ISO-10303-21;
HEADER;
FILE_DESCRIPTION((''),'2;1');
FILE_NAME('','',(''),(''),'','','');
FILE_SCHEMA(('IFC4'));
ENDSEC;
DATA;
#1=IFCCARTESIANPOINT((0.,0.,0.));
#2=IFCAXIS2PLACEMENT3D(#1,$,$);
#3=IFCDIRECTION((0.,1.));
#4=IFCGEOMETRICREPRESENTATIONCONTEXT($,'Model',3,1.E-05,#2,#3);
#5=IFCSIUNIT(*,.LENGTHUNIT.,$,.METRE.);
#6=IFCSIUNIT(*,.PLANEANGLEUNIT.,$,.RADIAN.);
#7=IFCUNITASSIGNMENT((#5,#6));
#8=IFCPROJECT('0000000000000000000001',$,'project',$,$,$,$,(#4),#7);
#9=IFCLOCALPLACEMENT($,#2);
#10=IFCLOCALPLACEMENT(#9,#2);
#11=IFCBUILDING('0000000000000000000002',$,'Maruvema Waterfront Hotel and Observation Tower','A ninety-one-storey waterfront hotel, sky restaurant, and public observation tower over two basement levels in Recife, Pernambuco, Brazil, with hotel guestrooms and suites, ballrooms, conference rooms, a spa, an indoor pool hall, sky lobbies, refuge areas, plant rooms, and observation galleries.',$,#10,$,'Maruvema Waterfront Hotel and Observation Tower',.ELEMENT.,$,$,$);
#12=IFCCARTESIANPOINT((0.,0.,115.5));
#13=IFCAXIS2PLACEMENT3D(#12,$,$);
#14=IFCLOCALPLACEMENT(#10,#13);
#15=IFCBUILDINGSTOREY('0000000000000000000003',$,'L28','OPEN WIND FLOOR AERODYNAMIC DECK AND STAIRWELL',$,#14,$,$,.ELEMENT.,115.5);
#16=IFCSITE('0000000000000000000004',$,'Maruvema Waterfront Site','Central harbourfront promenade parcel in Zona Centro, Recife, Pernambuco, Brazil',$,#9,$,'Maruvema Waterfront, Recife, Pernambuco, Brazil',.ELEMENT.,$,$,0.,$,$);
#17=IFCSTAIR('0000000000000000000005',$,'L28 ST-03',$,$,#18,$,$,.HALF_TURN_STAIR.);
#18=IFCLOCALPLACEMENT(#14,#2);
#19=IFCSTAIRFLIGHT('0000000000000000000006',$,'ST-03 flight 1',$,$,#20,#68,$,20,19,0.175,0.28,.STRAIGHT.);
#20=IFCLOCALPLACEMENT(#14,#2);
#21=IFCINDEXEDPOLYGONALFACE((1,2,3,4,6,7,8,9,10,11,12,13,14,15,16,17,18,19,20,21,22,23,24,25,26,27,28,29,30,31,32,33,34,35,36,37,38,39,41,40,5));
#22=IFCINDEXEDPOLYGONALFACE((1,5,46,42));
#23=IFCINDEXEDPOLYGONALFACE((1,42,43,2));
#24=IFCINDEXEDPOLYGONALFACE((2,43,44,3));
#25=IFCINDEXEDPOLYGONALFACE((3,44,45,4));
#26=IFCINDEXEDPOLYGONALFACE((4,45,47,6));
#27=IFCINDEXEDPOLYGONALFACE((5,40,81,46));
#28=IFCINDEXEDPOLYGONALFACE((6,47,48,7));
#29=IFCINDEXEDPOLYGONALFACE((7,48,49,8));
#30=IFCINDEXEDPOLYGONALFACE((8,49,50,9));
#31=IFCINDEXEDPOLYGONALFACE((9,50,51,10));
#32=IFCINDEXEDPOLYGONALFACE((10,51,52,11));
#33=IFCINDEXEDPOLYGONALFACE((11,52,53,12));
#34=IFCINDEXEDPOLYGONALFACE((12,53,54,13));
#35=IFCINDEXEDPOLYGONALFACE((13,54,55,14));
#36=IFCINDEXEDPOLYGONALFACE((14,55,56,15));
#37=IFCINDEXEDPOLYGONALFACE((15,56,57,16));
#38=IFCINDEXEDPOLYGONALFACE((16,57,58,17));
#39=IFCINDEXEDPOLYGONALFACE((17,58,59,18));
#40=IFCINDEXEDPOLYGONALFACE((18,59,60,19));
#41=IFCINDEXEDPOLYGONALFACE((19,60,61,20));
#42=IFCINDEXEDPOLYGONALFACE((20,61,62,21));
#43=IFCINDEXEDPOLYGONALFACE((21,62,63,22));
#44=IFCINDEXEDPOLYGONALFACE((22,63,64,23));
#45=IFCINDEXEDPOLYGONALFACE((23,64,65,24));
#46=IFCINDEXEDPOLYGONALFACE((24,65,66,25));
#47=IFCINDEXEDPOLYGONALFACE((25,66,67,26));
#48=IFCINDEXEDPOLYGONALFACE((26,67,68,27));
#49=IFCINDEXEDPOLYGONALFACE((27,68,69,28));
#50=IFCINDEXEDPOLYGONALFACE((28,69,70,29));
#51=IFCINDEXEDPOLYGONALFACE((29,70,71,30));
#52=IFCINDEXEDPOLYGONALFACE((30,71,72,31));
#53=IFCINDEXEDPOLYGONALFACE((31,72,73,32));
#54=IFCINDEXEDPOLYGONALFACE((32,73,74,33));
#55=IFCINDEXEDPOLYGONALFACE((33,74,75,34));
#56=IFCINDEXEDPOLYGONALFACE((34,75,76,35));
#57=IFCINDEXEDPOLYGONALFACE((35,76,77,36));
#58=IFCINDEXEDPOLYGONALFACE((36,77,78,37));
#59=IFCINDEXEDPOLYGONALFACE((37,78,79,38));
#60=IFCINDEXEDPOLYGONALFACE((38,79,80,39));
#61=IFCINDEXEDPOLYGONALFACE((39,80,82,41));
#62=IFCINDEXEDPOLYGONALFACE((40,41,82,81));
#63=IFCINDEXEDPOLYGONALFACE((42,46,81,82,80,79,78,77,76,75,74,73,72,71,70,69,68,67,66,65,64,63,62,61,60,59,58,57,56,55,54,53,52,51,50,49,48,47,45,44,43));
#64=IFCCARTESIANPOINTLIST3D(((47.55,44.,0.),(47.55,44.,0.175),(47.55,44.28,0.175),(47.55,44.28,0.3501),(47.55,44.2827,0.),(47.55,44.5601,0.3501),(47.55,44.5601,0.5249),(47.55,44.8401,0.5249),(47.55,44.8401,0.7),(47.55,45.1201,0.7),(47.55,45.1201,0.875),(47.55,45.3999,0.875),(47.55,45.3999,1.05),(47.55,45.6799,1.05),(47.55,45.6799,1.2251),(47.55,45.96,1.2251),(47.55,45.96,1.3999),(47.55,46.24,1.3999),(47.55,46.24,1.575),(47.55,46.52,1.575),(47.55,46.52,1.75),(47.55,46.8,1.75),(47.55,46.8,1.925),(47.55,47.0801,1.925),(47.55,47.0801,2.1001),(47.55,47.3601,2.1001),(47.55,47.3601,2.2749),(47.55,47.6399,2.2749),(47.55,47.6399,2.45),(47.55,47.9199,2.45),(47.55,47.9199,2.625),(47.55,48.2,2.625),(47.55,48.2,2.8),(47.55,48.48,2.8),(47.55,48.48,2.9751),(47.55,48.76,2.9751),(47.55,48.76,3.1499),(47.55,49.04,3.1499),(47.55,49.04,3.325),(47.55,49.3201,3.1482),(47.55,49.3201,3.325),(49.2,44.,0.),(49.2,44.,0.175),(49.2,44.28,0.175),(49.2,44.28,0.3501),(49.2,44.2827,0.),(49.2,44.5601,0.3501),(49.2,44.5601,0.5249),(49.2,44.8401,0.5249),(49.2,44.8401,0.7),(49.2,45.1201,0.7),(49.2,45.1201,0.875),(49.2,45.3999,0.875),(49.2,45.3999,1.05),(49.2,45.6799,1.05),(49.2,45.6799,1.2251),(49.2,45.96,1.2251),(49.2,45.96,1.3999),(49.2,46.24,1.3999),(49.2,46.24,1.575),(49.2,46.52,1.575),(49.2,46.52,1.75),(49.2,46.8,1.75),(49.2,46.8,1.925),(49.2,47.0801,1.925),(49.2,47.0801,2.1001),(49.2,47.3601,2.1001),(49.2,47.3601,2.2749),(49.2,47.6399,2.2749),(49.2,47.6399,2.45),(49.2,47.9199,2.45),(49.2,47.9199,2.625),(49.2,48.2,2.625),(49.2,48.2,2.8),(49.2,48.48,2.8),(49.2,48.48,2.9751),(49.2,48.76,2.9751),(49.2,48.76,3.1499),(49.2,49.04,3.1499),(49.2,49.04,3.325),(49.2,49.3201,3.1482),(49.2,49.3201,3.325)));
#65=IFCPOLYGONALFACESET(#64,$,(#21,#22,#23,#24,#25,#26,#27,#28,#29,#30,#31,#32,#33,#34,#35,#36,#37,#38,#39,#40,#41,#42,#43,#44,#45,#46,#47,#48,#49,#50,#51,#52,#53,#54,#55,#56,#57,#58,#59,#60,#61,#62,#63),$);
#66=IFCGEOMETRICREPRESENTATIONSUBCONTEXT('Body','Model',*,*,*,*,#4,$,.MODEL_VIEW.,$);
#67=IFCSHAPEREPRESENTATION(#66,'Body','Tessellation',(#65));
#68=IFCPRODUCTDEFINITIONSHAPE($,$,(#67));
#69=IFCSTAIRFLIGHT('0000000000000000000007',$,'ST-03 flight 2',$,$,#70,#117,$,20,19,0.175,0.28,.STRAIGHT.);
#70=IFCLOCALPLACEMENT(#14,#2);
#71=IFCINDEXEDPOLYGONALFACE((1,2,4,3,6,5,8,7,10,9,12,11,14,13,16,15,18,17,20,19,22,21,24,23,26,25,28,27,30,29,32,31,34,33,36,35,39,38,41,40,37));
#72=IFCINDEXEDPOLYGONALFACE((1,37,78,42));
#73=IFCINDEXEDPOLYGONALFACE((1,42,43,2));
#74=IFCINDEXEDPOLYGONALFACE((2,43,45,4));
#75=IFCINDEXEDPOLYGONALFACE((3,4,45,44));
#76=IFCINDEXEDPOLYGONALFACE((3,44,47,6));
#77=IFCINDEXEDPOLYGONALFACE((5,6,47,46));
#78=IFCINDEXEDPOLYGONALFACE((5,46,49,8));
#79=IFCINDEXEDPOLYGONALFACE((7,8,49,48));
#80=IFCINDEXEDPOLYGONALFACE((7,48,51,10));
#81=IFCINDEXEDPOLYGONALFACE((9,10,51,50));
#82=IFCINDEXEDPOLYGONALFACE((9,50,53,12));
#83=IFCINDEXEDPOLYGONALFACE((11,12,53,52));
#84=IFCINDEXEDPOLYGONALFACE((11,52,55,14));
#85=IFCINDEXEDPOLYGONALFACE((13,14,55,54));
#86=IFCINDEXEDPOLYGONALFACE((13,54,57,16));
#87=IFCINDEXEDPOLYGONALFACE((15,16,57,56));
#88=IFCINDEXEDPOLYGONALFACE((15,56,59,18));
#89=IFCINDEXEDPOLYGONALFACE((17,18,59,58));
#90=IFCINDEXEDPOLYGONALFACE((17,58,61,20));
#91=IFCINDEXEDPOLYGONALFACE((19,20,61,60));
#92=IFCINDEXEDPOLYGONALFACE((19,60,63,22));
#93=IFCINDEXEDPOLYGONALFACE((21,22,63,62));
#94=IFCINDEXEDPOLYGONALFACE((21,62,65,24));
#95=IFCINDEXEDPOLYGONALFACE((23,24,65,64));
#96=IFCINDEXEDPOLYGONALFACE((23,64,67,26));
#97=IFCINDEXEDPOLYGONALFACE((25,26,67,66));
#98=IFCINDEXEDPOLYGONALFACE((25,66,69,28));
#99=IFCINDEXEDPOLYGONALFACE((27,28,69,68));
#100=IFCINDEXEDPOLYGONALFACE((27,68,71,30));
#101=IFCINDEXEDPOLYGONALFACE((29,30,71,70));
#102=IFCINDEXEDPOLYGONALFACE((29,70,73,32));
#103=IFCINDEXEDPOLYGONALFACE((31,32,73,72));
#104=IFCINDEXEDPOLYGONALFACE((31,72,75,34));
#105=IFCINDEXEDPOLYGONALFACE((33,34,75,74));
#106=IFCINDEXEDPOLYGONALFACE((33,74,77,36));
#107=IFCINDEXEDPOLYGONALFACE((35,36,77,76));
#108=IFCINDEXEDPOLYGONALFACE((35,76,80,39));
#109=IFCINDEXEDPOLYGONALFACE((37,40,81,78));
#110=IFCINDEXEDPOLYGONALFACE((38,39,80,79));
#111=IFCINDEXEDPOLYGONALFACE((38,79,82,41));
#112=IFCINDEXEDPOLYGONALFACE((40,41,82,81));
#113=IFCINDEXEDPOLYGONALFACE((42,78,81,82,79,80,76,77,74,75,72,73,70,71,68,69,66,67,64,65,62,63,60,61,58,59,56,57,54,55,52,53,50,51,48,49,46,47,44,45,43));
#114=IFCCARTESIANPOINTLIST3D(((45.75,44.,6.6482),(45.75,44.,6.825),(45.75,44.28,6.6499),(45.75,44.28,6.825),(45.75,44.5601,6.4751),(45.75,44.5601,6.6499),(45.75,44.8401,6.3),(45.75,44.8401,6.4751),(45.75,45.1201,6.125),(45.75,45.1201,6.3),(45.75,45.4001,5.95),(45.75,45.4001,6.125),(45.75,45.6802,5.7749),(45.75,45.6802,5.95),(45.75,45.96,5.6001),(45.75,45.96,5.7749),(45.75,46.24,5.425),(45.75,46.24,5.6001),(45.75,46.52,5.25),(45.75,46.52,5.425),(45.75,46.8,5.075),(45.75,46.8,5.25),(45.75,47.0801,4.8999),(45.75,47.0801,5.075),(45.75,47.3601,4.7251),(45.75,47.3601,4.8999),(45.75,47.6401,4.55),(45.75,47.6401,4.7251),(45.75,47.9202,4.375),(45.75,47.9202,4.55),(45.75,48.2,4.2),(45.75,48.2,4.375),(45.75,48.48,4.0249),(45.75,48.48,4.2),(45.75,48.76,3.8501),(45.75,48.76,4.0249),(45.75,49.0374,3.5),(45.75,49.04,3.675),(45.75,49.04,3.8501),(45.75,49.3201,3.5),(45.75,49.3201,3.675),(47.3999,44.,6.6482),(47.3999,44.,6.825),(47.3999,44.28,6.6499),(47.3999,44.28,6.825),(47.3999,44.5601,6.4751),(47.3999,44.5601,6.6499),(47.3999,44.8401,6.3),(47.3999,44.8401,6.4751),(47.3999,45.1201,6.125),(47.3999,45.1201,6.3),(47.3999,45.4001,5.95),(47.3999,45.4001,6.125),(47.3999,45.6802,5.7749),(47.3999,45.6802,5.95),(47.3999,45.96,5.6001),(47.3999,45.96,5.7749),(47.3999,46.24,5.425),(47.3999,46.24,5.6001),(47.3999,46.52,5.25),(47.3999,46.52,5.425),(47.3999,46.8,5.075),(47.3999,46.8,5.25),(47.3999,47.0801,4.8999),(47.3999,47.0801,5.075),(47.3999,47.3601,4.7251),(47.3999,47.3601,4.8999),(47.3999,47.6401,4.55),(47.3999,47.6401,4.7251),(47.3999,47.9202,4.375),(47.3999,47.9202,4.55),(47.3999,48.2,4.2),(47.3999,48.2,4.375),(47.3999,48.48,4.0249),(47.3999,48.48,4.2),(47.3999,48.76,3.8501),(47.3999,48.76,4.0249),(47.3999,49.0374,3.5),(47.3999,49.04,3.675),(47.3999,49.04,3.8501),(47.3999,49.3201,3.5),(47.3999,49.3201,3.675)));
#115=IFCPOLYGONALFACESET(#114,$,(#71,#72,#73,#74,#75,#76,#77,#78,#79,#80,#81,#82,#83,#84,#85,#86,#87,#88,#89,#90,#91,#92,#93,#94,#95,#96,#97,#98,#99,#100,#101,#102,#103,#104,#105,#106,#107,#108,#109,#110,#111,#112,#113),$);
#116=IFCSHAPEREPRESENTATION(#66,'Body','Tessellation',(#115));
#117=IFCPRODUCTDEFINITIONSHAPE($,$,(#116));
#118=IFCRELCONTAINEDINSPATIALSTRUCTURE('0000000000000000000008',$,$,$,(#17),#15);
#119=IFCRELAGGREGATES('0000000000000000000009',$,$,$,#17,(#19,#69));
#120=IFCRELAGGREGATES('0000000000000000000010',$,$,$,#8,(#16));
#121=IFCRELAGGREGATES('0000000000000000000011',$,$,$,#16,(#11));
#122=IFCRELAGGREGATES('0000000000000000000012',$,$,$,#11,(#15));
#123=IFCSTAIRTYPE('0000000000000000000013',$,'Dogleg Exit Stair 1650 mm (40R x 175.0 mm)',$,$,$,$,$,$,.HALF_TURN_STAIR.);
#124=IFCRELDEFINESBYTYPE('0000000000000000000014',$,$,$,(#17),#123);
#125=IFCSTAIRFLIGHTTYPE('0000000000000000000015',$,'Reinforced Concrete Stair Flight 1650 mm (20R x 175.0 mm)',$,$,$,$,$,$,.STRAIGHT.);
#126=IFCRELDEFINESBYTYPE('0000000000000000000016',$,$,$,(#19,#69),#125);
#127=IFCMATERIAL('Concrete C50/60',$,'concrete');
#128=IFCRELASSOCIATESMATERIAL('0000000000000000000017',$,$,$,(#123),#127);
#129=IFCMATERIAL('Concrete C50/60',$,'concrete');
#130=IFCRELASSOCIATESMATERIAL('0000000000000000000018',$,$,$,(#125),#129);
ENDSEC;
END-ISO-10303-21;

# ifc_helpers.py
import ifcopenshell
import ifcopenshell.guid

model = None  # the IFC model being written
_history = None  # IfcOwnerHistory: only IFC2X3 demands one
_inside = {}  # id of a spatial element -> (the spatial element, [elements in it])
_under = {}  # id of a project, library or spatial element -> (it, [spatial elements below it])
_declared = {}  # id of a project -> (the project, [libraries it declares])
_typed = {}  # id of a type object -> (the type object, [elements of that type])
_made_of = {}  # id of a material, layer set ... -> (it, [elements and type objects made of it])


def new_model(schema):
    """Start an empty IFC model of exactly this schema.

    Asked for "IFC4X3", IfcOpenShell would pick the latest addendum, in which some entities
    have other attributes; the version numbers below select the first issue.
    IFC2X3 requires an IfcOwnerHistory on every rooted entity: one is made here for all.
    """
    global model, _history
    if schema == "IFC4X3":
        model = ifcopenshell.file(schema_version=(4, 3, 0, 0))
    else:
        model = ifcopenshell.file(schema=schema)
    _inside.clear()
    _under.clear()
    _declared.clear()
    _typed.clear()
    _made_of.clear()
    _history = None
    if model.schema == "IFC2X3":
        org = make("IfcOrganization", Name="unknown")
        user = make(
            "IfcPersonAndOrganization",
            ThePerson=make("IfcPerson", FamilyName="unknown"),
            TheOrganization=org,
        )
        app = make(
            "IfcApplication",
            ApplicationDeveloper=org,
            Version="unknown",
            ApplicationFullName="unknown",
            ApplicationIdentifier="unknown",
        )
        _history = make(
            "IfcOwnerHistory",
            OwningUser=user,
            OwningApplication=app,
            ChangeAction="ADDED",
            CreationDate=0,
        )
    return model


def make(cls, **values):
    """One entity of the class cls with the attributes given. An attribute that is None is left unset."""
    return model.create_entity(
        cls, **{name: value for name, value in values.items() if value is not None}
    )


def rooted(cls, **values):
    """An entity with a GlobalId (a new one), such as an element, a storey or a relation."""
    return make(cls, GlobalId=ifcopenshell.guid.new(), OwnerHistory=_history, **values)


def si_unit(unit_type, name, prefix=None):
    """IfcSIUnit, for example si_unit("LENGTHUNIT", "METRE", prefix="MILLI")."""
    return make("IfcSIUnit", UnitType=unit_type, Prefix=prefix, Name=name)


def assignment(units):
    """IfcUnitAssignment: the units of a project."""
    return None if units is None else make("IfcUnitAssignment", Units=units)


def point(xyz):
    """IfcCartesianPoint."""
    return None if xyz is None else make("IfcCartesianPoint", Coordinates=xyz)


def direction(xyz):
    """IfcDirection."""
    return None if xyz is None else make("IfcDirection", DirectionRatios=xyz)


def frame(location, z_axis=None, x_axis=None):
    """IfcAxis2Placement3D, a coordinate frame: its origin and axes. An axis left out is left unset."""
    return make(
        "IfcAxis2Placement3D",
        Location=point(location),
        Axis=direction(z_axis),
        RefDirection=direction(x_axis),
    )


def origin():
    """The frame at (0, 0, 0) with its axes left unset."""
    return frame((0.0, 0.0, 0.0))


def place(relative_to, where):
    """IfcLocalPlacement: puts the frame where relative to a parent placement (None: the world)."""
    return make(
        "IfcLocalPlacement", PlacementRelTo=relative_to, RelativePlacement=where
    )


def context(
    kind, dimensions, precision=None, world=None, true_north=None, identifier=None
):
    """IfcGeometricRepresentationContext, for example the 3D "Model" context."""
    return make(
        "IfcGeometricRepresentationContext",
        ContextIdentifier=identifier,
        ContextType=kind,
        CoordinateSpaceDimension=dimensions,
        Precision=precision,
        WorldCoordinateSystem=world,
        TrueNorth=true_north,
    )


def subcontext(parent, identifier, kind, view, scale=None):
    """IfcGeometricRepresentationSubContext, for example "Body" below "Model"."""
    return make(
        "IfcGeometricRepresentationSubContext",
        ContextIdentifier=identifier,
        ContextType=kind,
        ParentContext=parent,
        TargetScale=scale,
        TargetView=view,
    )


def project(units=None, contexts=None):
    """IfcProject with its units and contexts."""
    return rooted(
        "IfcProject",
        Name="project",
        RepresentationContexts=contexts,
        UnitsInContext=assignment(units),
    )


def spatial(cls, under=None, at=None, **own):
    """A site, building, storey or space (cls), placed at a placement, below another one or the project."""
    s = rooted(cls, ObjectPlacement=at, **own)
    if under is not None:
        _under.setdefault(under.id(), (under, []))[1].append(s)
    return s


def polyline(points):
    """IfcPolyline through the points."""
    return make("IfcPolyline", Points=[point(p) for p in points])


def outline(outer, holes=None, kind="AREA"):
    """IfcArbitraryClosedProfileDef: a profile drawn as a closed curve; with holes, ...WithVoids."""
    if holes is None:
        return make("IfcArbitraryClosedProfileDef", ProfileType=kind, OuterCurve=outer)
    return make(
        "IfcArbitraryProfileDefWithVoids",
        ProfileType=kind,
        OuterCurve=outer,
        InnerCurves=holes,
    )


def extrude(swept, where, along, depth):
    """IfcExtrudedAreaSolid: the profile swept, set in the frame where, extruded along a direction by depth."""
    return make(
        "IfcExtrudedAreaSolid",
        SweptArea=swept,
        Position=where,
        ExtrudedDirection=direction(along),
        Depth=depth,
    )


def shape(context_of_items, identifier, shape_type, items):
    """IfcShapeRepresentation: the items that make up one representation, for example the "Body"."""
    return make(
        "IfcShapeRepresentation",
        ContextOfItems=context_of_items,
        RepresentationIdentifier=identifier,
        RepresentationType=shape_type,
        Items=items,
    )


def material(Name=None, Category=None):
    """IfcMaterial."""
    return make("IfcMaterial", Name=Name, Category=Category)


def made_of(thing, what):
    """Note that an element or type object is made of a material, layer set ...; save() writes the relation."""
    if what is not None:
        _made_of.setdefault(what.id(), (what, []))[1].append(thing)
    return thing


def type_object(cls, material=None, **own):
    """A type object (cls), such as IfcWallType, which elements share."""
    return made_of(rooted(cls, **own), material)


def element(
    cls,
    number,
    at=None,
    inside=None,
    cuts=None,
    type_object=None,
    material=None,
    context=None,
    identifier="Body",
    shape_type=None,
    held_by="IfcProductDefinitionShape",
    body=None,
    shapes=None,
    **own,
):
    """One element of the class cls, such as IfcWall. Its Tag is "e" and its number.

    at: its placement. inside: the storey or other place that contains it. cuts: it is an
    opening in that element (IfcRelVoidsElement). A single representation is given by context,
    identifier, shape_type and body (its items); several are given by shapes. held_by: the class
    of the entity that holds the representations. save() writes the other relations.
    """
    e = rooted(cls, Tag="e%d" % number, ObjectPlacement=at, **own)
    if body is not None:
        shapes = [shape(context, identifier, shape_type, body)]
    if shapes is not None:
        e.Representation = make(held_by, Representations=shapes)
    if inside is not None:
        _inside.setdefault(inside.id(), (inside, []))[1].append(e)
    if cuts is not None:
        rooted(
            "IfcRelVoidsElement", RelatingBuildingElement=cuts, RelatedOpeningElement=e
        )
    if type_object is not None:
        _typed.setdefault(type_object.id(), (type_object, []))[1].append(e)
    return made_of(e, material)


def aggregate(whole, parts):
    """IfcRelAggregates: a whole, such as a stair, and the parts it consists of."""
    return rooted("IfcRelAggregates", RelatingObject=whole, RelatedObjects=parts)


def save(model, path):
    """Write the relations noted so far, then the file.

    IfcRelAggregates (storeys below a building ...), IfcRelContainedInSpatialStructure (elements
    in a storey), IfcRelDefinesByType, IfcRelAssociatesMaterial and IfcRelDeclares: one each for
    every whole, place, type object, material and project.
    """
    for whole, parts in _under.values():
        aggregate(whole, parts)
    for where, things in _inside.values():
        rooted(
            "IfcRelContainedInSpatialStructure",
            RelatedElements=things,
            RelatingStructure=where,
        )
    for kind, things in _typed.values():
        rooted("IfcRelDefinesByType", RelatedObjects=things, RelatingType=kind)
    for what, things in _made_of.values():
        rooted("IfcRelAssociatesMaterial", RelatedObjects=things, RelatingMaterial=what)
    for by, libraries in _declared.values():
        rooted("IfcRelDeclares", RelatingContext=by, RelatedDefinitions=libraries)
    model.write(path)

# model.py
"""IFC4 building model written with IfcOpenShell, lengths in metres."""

from ifc_helpers import new_model, si_unit, direction, frame, origin, place, context, subcontext, project, spatial, polyline, outline, extrude, material, type_object, element, aggregate, save


model = new_model("IFC4")

# Units and contexts
model_context = context("Model", 3, precision=1e-05, world=origin(), true_north=direction((0.0, 1.0)))
body_context = subcontext(model_context, "Body", "Model", "MODEL_VIEW")
ifc_project = project(units=[si_unit("LENGTHUNIT", "METRE"), si_unit("PLANEANGLEUNIT", "RADIAN")], contexts=[model_context])

# Site, building, storey
site_placement = place(None, origin())
site = spatial("IfcSite", under=ifc_project, at=site_placement, Name="Maruvema Waterfront Site", Description="Central harbourfront promenade parcel in Zona Centro, Recife, Pernambuco, Brazil", LongName="Maruvema Waterfront, Recife, Pernambuco, Brazil", CompositionType="ELEMENT", RefElevation=0.0)
building_placement = place(site_placement, origin())
building = spatial("IfcBuilding", under=site, at=building_placement, Name="Maruvema Waterfront Hotel and Observation Tower", Description="A ninety-one-storey waterfront hotel, sky restaurant, and public observation tower over two basement levels in Recife, Pernambuco, Brazil, with hotel guestrooms and suites, ballrooms, conference rooms, a spa, an indoor pool hall, sky lobbies, refuge areas, plant rooms, and observation galleries.", LongName="Maruvema Waterfront Hotel and Observation Tower", CompositionType="ELEMENT")
storey_placement = place(building_placement, frame((0.0, 0.0, 115.5)))
storey = spatial("IfcBuildingStorey", under=building, at=storey_placement, Name="L28", Description="OPEN WIND FLOOR AERODYNAMIC DECK AND STAIRWELL", CompositionType="ELEMENT", Elevation=115.5)

# Shared definitions
ifc_material_1 = material(Name="Concrete C50/60", Category="concrete")
stair_type = type_object("IfcStairType", Name="Dogleg Exit Stair 1650 mm (40R x 175.0 mm)", PredefinedType="HALF_TURN_STAIR", material=ifc_material_1)
ifc_material_2 = material(Name="Concrete C50/60", Category="concrete")
stair_flight_type = type_object("IfcStairFlightType", Name="Reinforced Concrete Stair Flight 1650 mm (20R x 175.0 mm)", PredefinedType="STRAIGHT", material=ifc_material_2)

# Stair, stair flights
stair_1_placement = place(storey_placement, origin())
stair_1 = element("IfcStair", 1, at=stair_1_placement, inside=storey, type_object=stair_type, Name="L28 ST-03", PredefinedType="HALF_TURN_STAIR")
stair_flight_1_placement = place(storey_placement, frame((48.375, 44.0, 0.0), z_axis=(0.0, 0.0, 1.0), x_axis=(0.0, 1.0, 0.0)))
stair_flight_1 = element("IfcStairFlight", 2, at=stair_flight_1_placement, type_object=stair_flight_type, Name="ST-03 flight 1", NumberOfRisers=20, NumberOfTreads=19, PredefinedType="STRAIGHT", RiserHeight=0.175, TreadLength=0.28, context=body_context, shape_type="SweptSolid", body=[
    extrude(outline(polyline([(0.0, 0.0), (0.0, 0.175), (0.28, 0.175), (0.28, 0.3501), (0.5601, 0.3501), (0.5601, 0.5249), (0.8401, 0.5249), (0.8401, 0.7), (1.1201, 0.7), (1.1201, 0.875), (1.3999, 0.875), (1.3999, 1.05), (1.6799, 1.05), (1.6799, 1.2251), (1.96, 1.2251), (1.96, 1.3999), (2.24, 1.3999), (2.24, 1.575), (2.52, 1.575), (2.52, 1.75), (2.8, 1.75), (2.8, 1.925), (3.0801, 1.925), (3.0801, 2.1001), (3.3601, 2.1001), (3.3601, 2.2749), (3.6399, 2.2749), (3.6399, 2.45), (3.9199, 2.45), (3.9199, 2.625), (4.2, 2.625), (4.2, 2.8), (4.48, 2.8), (4.48, 2.9751), (4.76, 2.9751), (4.76, 3.1499), (5.04, 3.1499), (5.04, 3.325), (5.3201, 3.325), (5.3201, 3.5), (5.3201, 3.1482), (0.2827, 0.0), (0.0, 0.0)])), frame((0.0, 0.825, 0.0), z_axis=(0.0, -1.0, 0.0), x_axis=(1.0, 0.0, 0.0)), (0.0, 0.0, 1.0), 1.6499),
])
stair_flight_2_placement = place(storey_placement, frame((46.575, 49.3201, 3.5), z_axis=(0.0, 0.0, 1.0), x_axis=(0.0, -1.0, 0.0)))
stair_flight_2 = element("IfcStairFlight", 3, at=stair_flight_2_placement, type_object=stair_flight_type, Name="ST-03 flight 2", NumberOfRisers=20, NumberOfTreads=19, PredefinedType="STRAIGHT", RiserHeight=0.175, TreadLength=0.28, context=body_context, shape_type="SweptSolid", body=[
    extrude(outline(polyline([(0.0, 0.0), (0.0, 0.175), (0.28, 0.175), (0.28, 0.3501), (0.5601, 0.3501), (0.5601, 0.5249), (0.8401, 0.5249), (0.8401, 0.7), (1.1201, 0.7), (1.1201, 0.875), (1.3999, 0.875), (1.3999, 1.05), (1.6799, 1.05), (1.6799, 1.2251), (1.96, 1.2251), (1.96, 1.3999), (2.24, 1.3999), (2.24, 1.575), (2.52, 1.575), (2.52, 1.75), (2.8, 1.75), (2.8, 1.925), (3.0801, 1.925), (3.0801, 2.1001), (3.3601, 2.1001), (3.3601, 2.2749), (3.6399, 2.2749), (3.6399, 2.45), (3.9199, 2.45), (3.9199, 2.625), (4.2, 2.625), (4.2, 2.8), (4.48, 2.8), (4.48, 2.9751), (4.76, 2.9751), (4.76, 3.1499), (5.04, 3.1499), (5.04, 3.325), (5.3201, 3.325), (5.3201, 3.5), (5.3201, 3.1482), (0.2827, 0.0), (0.0, 0.0)])), frame((0.0, 0.825, 0.0), z_axis=(0.0, -1.0, 0.0), x_axis=(1.0, 0.0, 0.0)), (0.0, 0.0, 1.0), 1.6499),
])
aggregate(stair_1, [stair_flight_1, stair_flight_2])

save(model, "model.ifc")
